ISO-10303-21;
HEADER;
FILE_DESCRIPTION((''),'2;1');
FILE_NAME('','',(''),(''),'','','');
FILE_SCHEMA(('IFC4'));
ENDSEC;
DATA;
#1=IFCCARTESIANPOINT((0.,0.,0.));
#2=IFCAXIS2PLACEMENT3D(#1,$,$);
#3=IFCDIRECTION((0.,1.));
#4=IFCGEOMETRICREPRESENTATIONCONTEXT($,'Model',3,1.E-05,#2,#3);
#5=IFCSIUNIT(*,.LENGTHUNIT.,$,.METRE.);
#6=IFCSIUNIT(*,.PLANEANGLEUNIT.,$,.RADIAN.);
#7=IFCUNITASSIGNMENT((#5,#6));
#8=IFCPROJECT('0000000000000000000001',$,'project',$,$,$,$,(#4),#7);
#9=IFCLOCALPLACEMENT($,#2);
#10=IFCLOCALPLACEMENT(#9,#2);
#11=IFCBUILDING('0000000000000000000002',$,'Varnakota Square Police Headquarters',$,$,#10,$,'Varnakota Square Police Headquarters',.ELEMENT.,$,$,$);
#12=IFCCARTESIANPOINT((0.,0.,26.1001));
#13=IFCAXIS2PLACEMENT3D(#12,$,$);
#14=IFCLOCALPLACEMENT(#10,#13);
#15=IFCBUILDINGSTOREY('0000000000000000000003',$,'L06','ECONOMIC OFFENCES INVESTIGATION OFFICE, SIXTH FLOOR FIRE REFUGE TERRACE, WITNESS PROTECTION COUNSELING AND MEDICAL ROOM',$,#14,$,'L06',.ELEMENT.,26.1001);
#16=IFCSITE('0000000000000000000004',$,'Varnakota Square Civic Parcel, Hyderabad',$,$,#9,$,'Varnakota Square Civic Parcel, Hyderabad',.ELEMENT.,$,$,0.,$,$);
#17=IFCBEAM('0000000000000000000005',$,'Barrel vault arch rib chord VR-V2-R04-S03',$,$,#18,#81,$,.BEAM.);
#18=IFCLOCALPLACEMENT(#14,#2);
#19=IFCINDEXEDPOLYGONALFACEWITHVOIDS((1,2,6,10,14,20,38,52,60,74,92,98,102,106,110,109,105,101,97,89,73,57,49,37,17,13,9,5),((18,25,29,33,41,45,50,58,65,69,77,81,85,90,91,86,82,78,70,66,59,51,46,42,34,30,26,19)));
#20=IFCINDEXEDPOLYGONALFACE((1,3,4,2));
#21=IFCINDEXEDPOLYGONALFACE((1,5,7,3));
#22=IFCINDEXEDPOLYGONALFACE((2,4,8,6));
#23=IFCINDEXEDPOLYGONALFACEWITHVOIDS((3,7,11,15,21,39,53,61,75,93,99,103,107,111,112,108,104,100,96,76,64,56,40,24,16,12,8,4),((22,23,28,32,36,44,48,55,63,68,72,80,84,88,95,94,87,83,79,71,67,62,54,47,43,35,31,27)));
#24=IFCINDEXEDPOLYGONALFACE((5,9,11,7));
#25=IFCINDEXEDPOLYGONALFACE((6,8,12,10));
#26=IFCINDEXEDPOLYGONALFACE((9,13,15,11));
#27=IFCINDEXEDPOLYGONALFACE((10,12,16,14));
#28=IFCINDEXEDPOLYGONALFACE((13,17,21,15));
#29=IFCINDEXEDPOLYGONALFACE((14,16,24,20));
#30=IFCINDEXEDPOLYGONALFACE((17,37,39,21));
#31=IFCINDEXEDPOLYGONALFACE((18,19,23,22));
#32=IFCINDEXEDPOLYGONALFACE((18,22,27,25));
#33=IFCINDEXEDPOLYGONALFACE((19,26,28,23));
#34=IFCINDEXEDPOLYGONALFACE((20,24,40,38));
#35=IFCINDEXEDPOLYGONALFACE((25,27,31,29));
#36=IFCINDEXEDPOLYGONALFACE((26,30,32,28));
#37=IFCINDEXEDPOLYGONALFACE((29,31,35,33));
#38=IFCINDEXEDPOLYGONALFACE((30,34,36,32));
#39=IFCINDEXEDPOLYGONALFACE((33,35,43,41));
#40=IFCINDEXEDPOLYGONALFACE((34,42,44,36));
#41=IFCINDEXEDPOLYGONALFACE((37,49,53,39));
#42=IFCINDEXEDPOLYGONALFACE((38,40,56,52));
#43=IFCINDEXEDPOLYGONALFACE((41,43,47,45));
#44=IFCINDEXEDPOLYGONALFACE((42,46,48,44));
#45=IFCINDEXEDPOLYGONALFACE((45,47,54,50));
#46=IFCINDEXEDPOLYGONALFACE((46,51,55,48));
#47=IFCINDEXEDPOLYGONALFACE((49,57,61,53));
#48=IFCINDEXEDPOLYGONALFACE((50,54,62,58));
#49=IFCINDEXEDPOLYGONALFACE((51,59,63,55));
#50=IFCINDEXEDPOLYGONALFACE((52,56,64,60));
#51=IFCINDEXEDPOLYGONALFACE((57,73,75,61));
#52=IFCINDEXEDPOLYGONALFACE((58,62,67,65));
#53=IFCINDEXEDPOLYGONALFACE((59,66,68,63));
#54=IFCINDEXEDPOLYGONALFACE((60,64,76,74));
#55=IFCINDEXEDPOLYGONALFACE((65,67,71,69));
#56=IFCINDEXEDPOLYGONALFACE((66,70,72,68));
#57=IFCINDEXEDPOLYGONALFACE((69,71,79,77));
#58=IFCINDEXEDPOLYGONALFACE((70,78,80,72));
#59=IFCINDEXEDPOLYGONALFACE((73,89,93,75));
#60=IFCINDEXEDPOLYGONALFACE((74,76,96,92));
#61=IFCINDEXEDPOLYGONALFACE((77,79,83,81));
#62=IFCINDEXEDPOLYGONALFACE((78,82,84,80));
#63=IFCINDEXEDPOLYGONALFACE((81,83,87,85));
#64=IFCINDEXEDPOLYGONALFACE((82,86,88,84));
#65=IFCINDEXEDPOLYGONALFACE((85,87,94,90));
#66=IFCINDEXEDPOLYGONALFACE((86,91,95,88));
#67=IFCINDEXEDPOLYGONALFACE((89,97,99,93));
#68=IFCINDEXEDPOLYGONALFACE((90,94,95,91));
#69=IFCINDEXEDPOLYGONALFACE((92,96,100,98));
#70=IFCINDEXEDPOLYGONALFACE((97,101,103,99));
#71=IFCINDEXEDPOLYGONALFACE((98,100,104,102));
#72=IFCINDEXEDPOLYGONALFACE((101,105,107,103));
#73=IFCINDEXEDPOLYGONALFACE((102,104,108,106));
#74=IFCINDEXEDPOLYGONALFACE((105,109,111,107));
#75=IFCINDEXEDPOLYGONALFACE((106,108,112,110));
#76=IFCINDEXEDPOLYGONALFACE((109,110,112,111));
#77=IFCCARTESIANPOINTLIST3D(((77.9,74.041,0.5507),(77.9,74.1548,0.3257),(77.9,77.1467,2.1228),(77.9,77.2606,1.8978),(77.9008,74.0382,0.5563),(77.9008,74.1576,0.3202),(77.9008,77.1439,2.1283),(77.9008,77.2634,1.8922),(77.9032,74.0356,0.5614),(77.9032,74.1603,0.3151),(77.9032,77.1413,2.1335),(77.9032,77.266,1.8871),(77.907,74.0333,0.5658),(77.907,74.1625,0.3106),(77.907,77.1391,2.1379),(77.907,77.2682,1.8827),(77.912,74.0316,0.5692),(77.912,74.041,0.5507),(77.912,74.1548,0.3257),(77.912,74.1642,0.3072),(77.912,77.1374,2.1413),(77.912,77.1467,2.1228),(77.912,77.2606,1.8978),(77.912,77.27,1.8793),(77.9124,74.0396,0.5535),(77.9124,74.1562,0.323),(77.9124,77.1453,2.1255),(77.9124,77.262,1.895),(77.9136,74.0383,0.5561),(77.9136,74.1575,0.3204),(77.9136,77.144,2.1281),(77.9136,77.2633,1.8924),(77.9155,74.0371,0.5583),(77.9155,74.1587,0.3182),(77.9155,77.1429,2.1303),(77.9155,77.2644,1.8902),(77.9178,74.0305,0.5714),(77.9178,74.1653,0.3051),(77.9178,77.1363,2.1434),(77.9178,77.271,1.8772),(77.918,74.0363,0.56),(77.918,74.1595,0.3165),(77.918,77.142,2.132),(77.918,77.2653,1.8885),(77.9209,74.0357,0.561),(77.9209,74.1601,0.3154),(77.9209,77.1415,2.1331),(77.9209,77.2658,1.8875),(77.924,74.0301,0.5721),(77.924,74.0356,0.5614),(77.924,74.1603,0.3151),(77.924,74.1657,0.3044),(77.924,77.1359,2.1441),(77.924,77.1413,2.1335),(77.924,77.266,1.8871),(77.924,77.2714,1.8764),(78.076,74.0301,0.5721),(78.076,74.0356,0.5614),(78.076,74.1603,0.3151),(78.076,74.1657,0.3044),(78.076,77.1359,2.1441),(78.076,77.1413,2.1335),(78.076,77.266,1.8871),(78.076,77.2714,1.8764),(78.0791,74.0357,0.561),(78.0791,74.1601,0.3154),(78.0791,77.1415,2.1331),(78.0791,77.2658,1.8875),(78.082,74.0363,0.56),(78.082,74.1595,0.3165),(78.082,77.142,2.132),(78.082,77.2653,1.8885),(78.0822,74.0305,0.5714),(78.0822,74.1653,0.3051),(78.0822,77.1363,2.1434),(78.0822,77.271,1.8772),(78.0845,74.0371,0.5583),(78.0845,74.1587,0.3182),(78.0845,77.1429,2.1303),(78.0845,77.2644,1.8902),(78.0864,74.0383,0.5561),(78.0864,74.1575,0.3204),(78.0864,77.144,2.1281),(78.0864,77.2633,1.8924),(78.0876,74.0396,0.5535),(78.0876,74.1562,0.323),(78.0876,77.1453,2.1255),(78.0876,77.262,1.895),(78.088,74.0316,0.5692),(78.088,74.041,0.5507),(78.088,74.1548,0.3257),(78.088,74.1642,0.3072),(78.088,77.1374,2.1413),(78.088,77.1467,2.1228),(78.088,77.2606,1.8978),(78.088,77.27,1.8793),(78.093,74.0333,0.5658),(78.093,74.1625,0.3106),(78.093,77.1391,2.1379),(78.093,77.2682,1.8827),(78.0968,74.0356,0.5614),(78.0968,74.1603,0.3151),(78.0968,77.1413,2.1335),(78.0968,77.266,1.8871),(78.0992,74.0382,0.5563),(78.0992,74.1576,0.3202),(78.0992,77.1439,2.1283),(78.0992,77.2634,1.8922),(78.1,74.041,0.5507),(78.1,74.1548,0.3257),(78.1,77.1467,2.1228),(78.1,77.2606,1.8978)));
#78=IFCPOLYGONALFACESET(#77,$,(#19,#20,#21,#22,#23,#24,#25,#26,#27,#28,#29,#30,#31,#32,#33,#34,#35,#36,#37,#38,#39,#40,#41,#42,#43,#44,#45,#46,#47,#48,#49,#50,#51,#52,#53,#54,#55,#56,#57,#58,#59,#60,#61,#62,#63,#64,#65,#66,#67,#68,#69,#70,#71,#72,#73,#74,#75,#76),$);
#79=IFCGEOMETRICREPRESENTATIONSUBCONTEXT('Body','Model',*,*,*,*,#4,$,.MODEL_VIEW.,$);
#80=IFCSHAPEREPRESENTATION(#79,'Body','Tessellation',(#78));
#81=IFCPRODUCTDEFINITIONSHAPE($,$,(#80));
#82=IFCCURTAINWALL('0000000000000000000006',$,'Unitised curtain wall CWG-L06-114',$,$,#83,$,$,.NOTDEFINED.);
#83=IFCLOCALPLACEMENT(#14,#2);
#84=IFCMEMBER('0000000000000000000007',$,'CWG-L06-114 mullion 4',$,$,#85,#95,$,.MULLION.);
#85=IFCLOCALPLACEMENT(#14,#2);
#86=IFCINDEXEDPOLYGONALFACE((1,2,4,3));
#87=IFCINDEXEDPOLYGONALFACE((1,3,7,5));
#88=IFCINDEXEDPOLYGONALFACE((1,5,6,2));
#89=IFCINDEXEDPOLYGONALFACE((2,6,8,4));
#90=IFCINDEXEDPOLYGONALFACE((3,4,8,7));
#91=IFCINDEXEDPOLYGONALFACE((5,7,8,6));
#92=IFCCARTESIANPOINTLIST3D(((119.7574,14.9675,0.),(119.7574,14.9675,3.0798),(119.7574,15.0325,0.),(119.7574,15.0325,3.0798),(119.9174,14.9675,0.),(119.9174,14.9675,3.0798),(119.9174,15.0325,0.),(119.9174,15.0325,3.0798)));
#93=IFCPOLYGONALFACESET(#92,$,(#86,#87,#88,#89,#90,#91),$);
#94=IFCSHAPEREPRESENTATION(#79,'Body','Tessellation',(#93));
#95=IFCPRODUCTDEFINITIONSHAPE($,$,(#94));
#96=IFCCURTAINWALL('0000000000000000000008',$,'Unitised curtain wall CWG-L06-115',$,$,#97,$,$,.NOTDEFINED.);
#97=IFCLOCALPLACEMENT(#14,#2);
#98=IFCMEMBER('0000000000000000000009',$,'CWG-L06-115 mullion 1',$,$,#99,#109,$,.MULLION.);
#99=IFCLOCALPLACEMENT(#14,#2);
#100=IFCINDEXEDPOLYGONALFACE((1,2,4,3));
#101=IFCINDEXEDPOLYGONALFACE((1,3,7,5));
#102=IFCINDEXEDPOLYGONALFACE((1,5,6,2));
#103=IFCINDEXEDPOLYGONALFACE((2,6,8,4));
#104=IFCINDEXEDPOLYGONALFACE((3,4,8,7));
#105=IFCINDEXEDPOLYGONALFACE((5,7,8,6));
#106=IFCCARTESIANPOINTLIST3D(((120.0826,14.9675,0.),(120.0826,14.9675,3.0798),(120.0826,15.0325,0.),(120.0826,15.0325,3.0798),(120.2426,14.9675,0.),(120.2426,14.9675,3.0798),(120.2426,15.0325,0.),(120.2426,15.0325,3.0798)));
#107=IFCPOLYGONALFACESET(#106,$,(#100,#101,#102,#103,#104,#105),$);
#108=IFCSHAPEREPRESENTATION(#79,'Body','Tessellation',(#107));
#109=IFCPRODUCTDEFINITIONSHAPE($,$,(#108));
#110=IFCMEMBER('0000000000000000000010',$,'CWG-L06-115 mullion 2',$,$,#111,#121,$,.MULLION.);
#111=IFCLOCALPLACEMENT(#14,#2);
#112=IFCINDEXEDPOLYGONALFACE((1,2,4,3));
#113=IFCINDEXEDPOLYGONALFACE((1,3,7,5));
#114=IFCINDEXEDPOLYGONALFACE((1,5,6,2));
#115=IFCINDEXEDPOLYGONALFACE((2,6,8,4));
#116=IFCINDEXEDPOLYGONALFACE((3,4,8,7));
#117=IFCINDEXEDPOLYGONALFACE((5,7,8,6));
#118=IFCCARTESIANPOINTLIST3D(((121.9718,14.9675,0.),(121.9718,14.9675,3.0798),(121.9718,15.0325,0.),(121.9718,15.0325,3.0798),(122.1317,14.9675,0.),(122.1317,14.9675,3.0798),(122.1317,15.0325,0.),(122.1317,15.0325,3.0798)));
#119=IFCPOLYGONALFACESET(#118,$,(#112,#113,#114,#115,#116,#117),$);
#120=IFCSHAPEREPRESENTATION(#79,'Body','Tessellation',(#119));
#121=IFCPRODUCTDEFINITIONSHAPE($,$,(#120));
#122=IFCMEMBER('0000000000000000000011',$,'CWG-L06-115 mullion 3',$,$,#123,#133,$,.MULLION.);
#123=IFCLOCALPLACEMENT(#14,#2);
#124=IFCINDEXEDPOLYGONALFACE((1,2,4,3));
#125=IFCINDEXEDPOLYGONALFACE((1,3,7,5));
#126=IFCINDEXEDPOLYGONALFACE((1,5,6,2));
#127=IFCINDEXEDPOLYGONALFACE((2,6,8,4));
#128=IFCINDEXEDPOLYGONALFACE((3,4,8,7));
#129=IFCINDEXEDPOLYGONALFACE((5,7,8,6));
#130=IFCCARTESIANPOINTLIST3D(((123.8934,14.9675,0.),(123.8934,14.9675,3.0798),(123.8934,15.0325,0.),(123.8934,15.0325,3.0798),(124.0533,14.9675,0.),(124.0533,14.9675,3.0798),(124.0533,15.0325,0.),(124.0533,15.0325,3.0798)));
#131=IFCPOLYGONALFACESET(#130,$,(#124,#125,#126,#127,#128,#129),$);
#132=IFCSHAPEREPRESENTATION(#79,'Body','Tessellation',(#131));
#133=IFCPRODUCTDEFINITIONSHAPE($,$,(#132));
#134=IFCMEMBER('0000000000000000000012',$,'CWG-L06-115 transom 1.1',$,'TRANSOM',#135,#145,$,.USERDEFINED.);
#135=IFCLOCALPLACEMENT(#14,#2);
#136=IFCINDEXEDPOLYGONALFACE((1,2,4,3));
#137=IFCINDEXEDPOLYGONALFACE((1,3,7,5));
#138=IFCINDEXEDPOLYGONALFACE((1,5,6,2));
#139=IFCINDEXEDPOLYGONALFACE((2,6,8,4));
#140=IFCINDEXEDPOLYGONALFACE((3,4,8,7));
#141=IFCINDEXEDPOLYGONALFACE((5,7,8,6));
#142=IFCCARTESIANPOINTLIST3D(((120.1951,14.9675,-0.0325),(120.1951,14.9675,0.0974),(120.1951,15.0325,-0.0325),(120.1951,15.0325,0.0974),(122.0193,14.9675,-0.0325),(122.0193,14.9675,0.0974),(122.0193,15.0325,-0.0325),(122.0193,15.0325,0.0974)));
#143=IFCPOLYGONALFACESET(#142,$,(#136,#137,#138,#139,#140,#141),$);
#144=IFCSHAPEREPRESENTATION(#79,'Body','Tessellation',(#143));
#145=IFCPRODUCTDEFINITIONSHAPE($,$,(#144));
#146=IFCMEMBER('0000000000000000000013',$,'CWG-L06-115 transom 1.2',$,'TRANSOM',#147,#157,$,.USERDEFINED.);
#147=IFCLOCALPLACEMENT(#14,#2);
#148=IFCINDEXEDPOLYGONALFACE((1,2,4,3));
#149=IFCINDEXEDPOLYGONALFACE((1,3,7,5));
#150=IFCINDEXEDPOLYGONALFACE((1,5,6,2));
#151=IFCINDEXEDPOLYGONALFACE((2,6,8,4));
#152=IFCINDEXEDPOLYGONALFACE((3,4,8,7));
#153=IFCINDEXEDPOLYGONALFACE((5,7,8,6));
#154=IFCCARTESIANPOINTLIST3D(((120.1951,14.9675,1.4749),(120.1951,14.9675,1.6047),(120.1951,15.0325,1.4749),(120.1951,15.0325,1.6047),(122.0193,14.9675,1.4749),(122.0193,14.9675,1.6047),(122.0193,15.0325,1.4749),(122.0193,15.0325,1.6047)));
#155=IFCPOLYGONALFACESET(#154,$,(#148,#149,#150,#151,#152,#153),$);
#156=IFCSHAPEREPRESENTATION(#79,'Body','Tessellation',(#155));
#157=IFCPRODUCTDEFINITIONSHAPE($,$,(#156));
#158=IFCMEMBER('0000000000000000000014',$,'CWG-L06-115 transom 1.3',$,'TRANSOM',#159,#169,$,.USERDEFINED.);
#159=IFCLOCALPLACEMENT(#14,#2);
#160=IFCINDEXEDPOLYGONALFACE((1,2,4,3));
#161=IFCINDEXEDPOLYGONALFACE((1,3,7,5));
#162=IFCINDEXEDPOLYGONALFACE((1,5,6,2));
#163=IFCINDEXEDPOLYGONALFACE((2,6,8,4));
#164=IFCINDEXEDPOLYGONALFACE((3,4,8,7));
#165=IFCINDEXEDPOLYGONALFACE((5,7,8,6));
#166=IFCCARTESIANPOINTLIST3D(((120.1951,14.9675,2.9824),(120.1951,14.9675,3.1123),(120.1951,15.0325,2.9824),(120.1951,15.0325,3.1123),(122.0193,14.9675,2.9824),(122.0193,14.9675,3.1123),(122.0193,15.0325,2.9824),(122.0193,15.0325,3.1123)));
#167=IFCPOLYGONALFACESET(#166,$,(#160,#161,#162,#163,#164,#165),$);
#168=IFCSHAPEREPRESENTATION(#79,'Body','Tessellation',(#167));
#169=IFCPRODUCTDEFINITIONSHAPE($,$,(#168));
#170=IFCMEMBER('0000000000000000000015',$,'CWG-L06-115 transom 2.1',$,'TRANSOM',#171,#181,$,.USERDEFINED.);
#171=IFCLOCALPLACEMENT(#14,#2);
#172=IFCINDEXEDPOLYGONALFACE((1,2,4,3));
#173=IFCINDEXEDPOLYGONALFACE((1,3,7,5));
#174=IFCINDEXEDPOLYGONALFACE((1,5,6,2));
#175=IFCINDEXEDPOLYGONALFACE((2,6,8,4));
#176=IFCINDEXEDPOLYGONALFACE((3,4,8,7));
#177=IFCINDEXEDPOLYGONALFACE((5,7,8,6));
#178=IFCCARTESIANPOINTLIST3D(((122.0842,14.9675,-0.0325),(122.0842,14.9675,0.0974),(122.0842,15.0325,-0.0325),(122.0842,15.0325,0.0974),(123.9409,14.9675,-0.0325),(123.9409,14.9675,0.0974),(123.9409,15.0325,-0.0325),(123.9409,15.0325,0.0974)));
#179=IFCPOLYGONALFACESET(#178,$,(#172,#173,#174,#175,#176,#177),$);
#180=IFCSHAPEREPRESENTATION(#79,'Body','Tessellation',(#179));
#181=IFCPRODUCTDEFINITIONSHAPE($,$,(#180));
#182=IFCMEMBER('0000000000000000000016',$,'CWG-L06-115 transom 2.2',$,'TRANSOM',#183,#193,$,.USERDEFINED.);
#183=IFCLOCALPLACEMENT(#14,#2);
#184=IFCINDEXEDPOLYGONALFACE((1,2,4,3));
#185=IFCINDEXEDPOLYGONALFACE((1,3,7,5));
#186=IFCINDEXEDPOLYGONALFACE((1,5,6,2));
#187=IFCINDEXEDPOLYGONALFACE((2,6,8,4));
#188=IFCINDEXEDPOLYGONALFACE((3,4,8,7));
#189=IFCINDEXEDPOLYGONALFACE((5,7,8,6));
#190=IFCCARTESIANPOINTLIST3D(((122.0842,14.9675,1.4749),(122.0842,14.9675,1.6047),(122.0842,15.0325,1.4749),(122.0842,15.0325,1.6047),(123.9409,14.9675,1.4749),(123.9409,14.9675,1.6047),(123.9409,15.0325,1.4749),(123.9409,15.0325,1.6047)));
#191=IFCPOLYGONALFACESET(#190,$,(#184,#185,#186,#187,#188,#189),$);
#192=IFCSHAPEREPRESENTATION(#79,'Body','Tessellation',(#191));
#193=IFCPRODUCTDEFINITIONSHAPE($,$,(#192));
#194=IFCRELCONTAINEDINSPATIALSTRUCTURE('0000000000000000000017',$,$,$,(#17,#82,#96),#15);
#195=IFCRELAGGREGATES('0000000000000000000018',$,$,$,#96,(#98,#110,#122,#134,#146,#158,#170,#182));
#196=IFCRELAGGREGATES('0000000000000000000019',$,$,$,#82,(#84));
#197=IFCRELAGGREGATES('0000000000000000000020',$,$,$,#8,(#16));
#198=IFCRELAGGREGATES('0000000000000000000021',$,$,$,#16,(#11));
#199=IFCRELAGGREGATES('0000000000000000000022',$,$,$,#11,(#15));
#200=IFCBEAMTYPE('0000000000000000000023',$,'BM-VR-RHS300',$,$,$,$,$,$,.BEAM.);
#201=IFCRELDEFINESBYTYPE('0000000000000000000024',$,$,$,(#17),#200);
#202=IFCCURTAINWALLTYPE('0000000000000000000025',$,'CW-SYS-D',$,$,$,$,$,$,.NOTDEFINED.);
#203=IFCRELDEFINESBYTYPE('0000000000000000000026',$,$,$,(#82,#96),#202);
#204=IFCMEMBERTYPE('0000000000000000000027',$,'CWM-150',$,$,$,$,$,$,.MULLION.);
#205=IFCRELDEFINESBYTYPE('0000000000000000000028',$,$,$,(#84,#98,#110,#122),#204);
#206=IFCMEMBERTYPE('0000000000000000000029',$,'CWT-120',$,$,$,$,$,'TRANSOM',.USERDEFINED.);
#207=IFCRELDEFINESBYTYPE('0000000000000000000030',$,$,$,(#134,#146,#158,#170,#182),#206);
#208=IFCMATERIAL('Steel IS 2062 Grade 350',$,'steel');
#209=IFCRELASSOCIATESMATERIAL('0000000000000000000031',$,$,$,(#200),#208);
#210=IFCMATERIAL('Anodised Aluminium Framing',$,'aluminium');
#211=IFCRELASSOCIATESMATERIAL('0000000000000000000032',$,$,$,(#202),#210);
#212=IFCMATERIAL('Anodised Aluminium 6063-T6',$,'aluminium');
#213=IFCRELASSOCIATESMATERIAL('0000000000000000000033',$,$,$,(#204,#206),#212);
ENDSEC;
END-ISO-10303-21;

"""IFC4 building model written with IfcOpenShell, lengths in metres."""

from ifc_helpers import new_model, si_unit, direction, frame, origin, origin_2d, place, context, subcontext, project, spatial, rectangle, hollow_rectangle, extrude, material, material_profile, profile_set, type_object, element, aggregate, save


model = new_model("IFC4")

# Units and contexts
model_context = context("Model", 3, precision=1e-05, world=origin(), true_north=direction((0.0, 1.0)))
body_context = subcontext(model_context, "Body", "Model", "MODEL_VIEW")
ifc_project = project(units=[si_unit("LENGTHUNIT", "METRE"), si_unit("PLANEANGLEUNIT", "RADIAN")], contexts=[model_context])

# Site, building, storey
site_placement = place(None, origin())
site = spatial("IfcSite", under=ifc_project, at=site_placement, Name="Varnakota Square Civic Parcel, Hyderabad", LongName="Varnakota Square Civic Parcel, Hyderabad", CompositionType="ELEMENT", RefElevation=0.0)
building_placement = place(site_placement, origin())
building = spatial("IfcBuilding", under=site, at=building_placement, Name="Varnakota Square Police Headquarters", LongName="Varnakota Square Police Headquarters", CompositionType="ELEMENT")
storey_placement = place(building_placement, frame((0.0, 0.0, 26.1001)))
storey = spatial("IfcBuildingStorey", under=building, at=storey_placement, Name="L06", Description="ECONOMIC OFFENCES INVESTIGATION OFFICE, SIXTH FLOOR FIRE REFUGE TERRACE, WITNESS PROTECTION COUNSELING AND MEDICAL ROOM", LongName="L06", CompositionType="ELEMENT", Elevation=26.1001)

# Shared definitions
ifc_material_1 = material(Name="Steel IS 2062 Grade 350", Category="steel")

# Beam
ifc_material_profile_1 = material_profile(ifc_material_1, hollow_rectangle(XDim=0.2, YDim=0.3, WallThickness=0.012, InnerFilletRadius=0.012, OuterFilletRadius=0.0239, at=origin_2d()), Name="RHS 300x200x12")
ifc_profile_set_1 = profile_set([ifc_material_profile_1], Name="Steel IS 2062 Grade 350")
beam_type_1 = type_object("IfcBeamType", Name="BM-VR-RHS300", PredefinedType="BEAM", material=ifc_profile_set_1)
for number, where, z_axis, x_axis, name in (
    (1, (78.0, 74.0979, 0.4382), (0.0, 0.892214, 0.451613), (-1.0, 0.0, 0.0), "Barrel vault arch rib chord VR-V2-R04-S03"),
):
    element("IfcBeam", number, at=place(storey_placement, frame(where, z_axis=z_axis, x_axis=x_axis)), inside=storey, type_object=beam_type_1, Name=name, PredefinedType="BEAM", context=body_context, shape_type="SweptSolid", body=[
        extrude(hollow_rectangle(XDim=0.2, YDim=0.3, WallThickness=0.012, InnerFilletRadius=0.012, OuterFilletRadius=0.0239, at=origin_2d()), origin(), (0.0, 0.0, 1.0), 3.481),
    ])

# Curtain wall, member
ifc_material_2 = material(Name="Anodised Aluminium Framing", Category="aluminium")
curtain_wall_type = type_object("IfcCurtainWallType", Name="CW-SYS-D", PredefinedType="NOTDEFINED", material=ifc_material_2)
curtain_wall_1_placement = place(storey_placement, origin())
curtain_wall_1 = element("IfcCurtainWall", 2, at=curtain_wall_1_placement, inside=storey, type_object=curtain_wall_type, Name="Unitised curtain wall CWG-L06-114", PredefinedType="NOTDEFINED")
ifc_material_3 = material(Name="Anodised Aluminium 6063-T6", Category="aluminium")
ifc_material_profile_2 = material_profile(ifc_material_3, rectangle(XDim=0.0649, YDim=0.1599, at=origin_2d()), Name="ALU MULLION 65x160")
ifc_profile_set_2 = profile_set([ifc_material_profile_2], Name="Anodised Aluminium 6063-T6")
member_type_1 = type_object("IfcMemberType", Name="CWM-150", PredefinedType="MULLION", material=ifc_profile_set_2)
member_1_placement = place(storey_placement, frame((119.8374, 15.0, 0.0), z_axis=(0.0, 0.0, 1.0), x_axis=(0.0, 1.0, 0.0)))
member_1 = element("IfcMember", 3, at=member_1_placement, type_object=member_type_1, Name="CWG-L06-114 mullion 4", PredefinedType="MULLION", context=body_context, shape_type="SweptSolid", body=[
    extrude(rectangle(XDim=0.0649, YDim=0.1599, at=origin_2d()), origin(), (0.0, 0.0, 1.0), 3.0798),
])

# Curtain wall, members
curtain_wall_2_placement = place(storey_placement, origin())
curtain_wall_2 = element("IfcCurtainWall", 4, at=curtain_wall_2_placement, inside=storey, type_object=curtain_wall_type, Name="Unitised curtain wall CWG-L06-115", PredefinedType="NOTDEFINED")
member_2_placement = place(storey_placement, frame((120.1626, 15.0, 0.0), z_axis=(0.0, 0.0, 1.0), x_axis=(0.0, 1.0, 0.0)))
member_2 = element("IfcMember", 5, at=member_2_placement, type_object=member_type_1, Name="CWG-L06-115 mullion 1", PredefinedType="MULLION", context=body_context, shape_type="SweptSolid", body=[
    extrude(rectangle(XDim=0.0649, YDim=0.1599, at=origin_2d()), origin(), (0.0, 0.0, 1.0), 3.0798),
])
member_3_placement = place(storey_placement, frame((122.0518, 15.0, 0.0), z_axis=(0.0, 0.0, 1.0), x_axis=(0.0, 1.0, 0.0)))
member_3 = element("IfcMember", 6, at=member_3_placement, type_object=member_type_1, Name="CWG-L06-115 mullion 2", PredefinedType="MULLION", context=body_context, shape_type="SweptSolid", body=[
    extrude(rectangle(XDim=0.0649, YDim=0.1599, at=origin_2d()), origin(), (0.0, 0.0, 1.0), 3.0798),
])
member_4_placement = place(storey_placement, frame((123.9734, 15.0, 0.0), z_axis=(0.0, 0.0, 1.0), x_axis=(0.0, 1.0, 0.0)))
member_4 = element("IfcMember", 7, at=member_4_placement, type_object=member_type_1, Name="CWG-L06-115 mullion 3", PredefinedType="MULLION", context=body_context, shape_type="SweptSolid", body=[
    extrude(rectangle(XDim=0.0649, YDim=0.1599, at=origin_2d()), origin(), (0.0, 0.0, 1.0), 3.0798),
])
ifc_material_profile_3 = material_profile(ifc_material_3, rectangle(XDim=0.0649, YDim=0.1299, at=origin_2d()), Name="ALU TRANSOM 65x130")
ifc_profile_set_3 = profile_set([ifc_material_profile_3], Name="Anodised Aluminium 6063-T6")
member_type_2 = type_object("IfcMemberType", Name="CWT-120", ElementType="TRANSOM", PredefinedType="USERDEFINED", material=ifc_profile_set_3)
member_5_placement = place(storey_placement, frame((120.1951, 15.0, 0.0325), z_axis=(1.0, 0.0, 0.0), x_axis=(0.0, 1.0, 0.0)))
member_5 = element("IfcMember", 8, at=member_5_placement, type_object=member_type_2, Name="CWG-L06-115 transom 1.1", ObjectType="TRANSOM", PredefinedType="USERDEFINED", context=body_context, shape_type="SweptSolid", body=[
    extrude(rectangle(XDim=0.0649, YDim=0.1299, at=origin_2d()), origin(), (0.0, 0.0, 1.0), 1.8242),
])
member_6_placement = place(storey_placement, frame((120.1951, 15.0, 1.5398), z_axis=(1.0, 0.0, 0.0), x_axis=(0.0, 1.0, 0.0)))
member_6 = element("IfcMember", 9, at=member_6_placement, type_object=member_type_2, Name="CWG-L06-115 transom 1.2", ObjectType="TRANSOM", PredefinedType="USERDEFINED", context=body_context, shape_type="SweptSolid", body=[
    extrude(rectangle(XDim=0.0649, YDim=0.1299, at=origin_2d()), origin(), (0.0, 0.0, 1.0), 1.8242),
])
member_7_placement = place(storey_placement, frame((120.1951, 15.0, 3.0474), z_axis=(1.0, 0.0, 0.0), x_axis=(0.0, 1.0, 0.0)))
member_7 = element("IfcMember", 10, at=member_7_placement, type_object=member_type_2, Name="CWG-L06-115 transom 1.3", ObjectType="TRANSOM", PredefinedType="USERDEFINED", context=body_context, shape_type="SweptSolid", body=[
    extrude(rectangle(XDim=0.0649, YDim=0.1299, at=origin_2d()), origin(), (0.0, 0.0, 1.0), 1.8242),
])
member_8_placement = place(storey_placement, frame((122.0842, 15.0, 0.0325), z_axis=(1.0, 0.0, 0.0), x_axis=(0.0, 1.0, 0.0)))
member_8 = element("IfcMember", 11, at=member_8_placement, type_object=member_type_2, Name="CWG-L06-115 transom 2.1", ObjectType="TRANSOM", PredefinedType="USERDEFINED", context=body_context, shape_type="SweptSolid", body=[
    extrude(rectangle(XDim=0.0649, YDim=0.1299, at=origin_2d()), origin(), (0.0, 0.0, 1.0), 1.8567),
])
member_9_placement = place(storey_placement, frame((122.0842, 15.0, 1.5398), z_axis=(1.0, 0.0, 0.0), x_axis=(0.0, 1.0, 0.0)))
member_9 = element("IfcMember", 12, at=member_9_placement, type_object=member_type_2, Name="CWG-L06-115 transom 2.2", ObjectType="TRANSOM", PredefinedType="USERDEFINED", context=body_context, shape_type="SweptSolid", body=[
    extrude(rectangle(XDim=0.0649, YDim=0.1299, at=origin_2d()), origin(), (0.0, 0.0, 1.0), 1.8567),
])

aggregate(curtain_wall_2, [member_2, member_3, member_4, member_5, member_6, member_7, member_8, member_9])
aggregate(curtain_wall_1, [member_1])

save(model, "model.ifc")
